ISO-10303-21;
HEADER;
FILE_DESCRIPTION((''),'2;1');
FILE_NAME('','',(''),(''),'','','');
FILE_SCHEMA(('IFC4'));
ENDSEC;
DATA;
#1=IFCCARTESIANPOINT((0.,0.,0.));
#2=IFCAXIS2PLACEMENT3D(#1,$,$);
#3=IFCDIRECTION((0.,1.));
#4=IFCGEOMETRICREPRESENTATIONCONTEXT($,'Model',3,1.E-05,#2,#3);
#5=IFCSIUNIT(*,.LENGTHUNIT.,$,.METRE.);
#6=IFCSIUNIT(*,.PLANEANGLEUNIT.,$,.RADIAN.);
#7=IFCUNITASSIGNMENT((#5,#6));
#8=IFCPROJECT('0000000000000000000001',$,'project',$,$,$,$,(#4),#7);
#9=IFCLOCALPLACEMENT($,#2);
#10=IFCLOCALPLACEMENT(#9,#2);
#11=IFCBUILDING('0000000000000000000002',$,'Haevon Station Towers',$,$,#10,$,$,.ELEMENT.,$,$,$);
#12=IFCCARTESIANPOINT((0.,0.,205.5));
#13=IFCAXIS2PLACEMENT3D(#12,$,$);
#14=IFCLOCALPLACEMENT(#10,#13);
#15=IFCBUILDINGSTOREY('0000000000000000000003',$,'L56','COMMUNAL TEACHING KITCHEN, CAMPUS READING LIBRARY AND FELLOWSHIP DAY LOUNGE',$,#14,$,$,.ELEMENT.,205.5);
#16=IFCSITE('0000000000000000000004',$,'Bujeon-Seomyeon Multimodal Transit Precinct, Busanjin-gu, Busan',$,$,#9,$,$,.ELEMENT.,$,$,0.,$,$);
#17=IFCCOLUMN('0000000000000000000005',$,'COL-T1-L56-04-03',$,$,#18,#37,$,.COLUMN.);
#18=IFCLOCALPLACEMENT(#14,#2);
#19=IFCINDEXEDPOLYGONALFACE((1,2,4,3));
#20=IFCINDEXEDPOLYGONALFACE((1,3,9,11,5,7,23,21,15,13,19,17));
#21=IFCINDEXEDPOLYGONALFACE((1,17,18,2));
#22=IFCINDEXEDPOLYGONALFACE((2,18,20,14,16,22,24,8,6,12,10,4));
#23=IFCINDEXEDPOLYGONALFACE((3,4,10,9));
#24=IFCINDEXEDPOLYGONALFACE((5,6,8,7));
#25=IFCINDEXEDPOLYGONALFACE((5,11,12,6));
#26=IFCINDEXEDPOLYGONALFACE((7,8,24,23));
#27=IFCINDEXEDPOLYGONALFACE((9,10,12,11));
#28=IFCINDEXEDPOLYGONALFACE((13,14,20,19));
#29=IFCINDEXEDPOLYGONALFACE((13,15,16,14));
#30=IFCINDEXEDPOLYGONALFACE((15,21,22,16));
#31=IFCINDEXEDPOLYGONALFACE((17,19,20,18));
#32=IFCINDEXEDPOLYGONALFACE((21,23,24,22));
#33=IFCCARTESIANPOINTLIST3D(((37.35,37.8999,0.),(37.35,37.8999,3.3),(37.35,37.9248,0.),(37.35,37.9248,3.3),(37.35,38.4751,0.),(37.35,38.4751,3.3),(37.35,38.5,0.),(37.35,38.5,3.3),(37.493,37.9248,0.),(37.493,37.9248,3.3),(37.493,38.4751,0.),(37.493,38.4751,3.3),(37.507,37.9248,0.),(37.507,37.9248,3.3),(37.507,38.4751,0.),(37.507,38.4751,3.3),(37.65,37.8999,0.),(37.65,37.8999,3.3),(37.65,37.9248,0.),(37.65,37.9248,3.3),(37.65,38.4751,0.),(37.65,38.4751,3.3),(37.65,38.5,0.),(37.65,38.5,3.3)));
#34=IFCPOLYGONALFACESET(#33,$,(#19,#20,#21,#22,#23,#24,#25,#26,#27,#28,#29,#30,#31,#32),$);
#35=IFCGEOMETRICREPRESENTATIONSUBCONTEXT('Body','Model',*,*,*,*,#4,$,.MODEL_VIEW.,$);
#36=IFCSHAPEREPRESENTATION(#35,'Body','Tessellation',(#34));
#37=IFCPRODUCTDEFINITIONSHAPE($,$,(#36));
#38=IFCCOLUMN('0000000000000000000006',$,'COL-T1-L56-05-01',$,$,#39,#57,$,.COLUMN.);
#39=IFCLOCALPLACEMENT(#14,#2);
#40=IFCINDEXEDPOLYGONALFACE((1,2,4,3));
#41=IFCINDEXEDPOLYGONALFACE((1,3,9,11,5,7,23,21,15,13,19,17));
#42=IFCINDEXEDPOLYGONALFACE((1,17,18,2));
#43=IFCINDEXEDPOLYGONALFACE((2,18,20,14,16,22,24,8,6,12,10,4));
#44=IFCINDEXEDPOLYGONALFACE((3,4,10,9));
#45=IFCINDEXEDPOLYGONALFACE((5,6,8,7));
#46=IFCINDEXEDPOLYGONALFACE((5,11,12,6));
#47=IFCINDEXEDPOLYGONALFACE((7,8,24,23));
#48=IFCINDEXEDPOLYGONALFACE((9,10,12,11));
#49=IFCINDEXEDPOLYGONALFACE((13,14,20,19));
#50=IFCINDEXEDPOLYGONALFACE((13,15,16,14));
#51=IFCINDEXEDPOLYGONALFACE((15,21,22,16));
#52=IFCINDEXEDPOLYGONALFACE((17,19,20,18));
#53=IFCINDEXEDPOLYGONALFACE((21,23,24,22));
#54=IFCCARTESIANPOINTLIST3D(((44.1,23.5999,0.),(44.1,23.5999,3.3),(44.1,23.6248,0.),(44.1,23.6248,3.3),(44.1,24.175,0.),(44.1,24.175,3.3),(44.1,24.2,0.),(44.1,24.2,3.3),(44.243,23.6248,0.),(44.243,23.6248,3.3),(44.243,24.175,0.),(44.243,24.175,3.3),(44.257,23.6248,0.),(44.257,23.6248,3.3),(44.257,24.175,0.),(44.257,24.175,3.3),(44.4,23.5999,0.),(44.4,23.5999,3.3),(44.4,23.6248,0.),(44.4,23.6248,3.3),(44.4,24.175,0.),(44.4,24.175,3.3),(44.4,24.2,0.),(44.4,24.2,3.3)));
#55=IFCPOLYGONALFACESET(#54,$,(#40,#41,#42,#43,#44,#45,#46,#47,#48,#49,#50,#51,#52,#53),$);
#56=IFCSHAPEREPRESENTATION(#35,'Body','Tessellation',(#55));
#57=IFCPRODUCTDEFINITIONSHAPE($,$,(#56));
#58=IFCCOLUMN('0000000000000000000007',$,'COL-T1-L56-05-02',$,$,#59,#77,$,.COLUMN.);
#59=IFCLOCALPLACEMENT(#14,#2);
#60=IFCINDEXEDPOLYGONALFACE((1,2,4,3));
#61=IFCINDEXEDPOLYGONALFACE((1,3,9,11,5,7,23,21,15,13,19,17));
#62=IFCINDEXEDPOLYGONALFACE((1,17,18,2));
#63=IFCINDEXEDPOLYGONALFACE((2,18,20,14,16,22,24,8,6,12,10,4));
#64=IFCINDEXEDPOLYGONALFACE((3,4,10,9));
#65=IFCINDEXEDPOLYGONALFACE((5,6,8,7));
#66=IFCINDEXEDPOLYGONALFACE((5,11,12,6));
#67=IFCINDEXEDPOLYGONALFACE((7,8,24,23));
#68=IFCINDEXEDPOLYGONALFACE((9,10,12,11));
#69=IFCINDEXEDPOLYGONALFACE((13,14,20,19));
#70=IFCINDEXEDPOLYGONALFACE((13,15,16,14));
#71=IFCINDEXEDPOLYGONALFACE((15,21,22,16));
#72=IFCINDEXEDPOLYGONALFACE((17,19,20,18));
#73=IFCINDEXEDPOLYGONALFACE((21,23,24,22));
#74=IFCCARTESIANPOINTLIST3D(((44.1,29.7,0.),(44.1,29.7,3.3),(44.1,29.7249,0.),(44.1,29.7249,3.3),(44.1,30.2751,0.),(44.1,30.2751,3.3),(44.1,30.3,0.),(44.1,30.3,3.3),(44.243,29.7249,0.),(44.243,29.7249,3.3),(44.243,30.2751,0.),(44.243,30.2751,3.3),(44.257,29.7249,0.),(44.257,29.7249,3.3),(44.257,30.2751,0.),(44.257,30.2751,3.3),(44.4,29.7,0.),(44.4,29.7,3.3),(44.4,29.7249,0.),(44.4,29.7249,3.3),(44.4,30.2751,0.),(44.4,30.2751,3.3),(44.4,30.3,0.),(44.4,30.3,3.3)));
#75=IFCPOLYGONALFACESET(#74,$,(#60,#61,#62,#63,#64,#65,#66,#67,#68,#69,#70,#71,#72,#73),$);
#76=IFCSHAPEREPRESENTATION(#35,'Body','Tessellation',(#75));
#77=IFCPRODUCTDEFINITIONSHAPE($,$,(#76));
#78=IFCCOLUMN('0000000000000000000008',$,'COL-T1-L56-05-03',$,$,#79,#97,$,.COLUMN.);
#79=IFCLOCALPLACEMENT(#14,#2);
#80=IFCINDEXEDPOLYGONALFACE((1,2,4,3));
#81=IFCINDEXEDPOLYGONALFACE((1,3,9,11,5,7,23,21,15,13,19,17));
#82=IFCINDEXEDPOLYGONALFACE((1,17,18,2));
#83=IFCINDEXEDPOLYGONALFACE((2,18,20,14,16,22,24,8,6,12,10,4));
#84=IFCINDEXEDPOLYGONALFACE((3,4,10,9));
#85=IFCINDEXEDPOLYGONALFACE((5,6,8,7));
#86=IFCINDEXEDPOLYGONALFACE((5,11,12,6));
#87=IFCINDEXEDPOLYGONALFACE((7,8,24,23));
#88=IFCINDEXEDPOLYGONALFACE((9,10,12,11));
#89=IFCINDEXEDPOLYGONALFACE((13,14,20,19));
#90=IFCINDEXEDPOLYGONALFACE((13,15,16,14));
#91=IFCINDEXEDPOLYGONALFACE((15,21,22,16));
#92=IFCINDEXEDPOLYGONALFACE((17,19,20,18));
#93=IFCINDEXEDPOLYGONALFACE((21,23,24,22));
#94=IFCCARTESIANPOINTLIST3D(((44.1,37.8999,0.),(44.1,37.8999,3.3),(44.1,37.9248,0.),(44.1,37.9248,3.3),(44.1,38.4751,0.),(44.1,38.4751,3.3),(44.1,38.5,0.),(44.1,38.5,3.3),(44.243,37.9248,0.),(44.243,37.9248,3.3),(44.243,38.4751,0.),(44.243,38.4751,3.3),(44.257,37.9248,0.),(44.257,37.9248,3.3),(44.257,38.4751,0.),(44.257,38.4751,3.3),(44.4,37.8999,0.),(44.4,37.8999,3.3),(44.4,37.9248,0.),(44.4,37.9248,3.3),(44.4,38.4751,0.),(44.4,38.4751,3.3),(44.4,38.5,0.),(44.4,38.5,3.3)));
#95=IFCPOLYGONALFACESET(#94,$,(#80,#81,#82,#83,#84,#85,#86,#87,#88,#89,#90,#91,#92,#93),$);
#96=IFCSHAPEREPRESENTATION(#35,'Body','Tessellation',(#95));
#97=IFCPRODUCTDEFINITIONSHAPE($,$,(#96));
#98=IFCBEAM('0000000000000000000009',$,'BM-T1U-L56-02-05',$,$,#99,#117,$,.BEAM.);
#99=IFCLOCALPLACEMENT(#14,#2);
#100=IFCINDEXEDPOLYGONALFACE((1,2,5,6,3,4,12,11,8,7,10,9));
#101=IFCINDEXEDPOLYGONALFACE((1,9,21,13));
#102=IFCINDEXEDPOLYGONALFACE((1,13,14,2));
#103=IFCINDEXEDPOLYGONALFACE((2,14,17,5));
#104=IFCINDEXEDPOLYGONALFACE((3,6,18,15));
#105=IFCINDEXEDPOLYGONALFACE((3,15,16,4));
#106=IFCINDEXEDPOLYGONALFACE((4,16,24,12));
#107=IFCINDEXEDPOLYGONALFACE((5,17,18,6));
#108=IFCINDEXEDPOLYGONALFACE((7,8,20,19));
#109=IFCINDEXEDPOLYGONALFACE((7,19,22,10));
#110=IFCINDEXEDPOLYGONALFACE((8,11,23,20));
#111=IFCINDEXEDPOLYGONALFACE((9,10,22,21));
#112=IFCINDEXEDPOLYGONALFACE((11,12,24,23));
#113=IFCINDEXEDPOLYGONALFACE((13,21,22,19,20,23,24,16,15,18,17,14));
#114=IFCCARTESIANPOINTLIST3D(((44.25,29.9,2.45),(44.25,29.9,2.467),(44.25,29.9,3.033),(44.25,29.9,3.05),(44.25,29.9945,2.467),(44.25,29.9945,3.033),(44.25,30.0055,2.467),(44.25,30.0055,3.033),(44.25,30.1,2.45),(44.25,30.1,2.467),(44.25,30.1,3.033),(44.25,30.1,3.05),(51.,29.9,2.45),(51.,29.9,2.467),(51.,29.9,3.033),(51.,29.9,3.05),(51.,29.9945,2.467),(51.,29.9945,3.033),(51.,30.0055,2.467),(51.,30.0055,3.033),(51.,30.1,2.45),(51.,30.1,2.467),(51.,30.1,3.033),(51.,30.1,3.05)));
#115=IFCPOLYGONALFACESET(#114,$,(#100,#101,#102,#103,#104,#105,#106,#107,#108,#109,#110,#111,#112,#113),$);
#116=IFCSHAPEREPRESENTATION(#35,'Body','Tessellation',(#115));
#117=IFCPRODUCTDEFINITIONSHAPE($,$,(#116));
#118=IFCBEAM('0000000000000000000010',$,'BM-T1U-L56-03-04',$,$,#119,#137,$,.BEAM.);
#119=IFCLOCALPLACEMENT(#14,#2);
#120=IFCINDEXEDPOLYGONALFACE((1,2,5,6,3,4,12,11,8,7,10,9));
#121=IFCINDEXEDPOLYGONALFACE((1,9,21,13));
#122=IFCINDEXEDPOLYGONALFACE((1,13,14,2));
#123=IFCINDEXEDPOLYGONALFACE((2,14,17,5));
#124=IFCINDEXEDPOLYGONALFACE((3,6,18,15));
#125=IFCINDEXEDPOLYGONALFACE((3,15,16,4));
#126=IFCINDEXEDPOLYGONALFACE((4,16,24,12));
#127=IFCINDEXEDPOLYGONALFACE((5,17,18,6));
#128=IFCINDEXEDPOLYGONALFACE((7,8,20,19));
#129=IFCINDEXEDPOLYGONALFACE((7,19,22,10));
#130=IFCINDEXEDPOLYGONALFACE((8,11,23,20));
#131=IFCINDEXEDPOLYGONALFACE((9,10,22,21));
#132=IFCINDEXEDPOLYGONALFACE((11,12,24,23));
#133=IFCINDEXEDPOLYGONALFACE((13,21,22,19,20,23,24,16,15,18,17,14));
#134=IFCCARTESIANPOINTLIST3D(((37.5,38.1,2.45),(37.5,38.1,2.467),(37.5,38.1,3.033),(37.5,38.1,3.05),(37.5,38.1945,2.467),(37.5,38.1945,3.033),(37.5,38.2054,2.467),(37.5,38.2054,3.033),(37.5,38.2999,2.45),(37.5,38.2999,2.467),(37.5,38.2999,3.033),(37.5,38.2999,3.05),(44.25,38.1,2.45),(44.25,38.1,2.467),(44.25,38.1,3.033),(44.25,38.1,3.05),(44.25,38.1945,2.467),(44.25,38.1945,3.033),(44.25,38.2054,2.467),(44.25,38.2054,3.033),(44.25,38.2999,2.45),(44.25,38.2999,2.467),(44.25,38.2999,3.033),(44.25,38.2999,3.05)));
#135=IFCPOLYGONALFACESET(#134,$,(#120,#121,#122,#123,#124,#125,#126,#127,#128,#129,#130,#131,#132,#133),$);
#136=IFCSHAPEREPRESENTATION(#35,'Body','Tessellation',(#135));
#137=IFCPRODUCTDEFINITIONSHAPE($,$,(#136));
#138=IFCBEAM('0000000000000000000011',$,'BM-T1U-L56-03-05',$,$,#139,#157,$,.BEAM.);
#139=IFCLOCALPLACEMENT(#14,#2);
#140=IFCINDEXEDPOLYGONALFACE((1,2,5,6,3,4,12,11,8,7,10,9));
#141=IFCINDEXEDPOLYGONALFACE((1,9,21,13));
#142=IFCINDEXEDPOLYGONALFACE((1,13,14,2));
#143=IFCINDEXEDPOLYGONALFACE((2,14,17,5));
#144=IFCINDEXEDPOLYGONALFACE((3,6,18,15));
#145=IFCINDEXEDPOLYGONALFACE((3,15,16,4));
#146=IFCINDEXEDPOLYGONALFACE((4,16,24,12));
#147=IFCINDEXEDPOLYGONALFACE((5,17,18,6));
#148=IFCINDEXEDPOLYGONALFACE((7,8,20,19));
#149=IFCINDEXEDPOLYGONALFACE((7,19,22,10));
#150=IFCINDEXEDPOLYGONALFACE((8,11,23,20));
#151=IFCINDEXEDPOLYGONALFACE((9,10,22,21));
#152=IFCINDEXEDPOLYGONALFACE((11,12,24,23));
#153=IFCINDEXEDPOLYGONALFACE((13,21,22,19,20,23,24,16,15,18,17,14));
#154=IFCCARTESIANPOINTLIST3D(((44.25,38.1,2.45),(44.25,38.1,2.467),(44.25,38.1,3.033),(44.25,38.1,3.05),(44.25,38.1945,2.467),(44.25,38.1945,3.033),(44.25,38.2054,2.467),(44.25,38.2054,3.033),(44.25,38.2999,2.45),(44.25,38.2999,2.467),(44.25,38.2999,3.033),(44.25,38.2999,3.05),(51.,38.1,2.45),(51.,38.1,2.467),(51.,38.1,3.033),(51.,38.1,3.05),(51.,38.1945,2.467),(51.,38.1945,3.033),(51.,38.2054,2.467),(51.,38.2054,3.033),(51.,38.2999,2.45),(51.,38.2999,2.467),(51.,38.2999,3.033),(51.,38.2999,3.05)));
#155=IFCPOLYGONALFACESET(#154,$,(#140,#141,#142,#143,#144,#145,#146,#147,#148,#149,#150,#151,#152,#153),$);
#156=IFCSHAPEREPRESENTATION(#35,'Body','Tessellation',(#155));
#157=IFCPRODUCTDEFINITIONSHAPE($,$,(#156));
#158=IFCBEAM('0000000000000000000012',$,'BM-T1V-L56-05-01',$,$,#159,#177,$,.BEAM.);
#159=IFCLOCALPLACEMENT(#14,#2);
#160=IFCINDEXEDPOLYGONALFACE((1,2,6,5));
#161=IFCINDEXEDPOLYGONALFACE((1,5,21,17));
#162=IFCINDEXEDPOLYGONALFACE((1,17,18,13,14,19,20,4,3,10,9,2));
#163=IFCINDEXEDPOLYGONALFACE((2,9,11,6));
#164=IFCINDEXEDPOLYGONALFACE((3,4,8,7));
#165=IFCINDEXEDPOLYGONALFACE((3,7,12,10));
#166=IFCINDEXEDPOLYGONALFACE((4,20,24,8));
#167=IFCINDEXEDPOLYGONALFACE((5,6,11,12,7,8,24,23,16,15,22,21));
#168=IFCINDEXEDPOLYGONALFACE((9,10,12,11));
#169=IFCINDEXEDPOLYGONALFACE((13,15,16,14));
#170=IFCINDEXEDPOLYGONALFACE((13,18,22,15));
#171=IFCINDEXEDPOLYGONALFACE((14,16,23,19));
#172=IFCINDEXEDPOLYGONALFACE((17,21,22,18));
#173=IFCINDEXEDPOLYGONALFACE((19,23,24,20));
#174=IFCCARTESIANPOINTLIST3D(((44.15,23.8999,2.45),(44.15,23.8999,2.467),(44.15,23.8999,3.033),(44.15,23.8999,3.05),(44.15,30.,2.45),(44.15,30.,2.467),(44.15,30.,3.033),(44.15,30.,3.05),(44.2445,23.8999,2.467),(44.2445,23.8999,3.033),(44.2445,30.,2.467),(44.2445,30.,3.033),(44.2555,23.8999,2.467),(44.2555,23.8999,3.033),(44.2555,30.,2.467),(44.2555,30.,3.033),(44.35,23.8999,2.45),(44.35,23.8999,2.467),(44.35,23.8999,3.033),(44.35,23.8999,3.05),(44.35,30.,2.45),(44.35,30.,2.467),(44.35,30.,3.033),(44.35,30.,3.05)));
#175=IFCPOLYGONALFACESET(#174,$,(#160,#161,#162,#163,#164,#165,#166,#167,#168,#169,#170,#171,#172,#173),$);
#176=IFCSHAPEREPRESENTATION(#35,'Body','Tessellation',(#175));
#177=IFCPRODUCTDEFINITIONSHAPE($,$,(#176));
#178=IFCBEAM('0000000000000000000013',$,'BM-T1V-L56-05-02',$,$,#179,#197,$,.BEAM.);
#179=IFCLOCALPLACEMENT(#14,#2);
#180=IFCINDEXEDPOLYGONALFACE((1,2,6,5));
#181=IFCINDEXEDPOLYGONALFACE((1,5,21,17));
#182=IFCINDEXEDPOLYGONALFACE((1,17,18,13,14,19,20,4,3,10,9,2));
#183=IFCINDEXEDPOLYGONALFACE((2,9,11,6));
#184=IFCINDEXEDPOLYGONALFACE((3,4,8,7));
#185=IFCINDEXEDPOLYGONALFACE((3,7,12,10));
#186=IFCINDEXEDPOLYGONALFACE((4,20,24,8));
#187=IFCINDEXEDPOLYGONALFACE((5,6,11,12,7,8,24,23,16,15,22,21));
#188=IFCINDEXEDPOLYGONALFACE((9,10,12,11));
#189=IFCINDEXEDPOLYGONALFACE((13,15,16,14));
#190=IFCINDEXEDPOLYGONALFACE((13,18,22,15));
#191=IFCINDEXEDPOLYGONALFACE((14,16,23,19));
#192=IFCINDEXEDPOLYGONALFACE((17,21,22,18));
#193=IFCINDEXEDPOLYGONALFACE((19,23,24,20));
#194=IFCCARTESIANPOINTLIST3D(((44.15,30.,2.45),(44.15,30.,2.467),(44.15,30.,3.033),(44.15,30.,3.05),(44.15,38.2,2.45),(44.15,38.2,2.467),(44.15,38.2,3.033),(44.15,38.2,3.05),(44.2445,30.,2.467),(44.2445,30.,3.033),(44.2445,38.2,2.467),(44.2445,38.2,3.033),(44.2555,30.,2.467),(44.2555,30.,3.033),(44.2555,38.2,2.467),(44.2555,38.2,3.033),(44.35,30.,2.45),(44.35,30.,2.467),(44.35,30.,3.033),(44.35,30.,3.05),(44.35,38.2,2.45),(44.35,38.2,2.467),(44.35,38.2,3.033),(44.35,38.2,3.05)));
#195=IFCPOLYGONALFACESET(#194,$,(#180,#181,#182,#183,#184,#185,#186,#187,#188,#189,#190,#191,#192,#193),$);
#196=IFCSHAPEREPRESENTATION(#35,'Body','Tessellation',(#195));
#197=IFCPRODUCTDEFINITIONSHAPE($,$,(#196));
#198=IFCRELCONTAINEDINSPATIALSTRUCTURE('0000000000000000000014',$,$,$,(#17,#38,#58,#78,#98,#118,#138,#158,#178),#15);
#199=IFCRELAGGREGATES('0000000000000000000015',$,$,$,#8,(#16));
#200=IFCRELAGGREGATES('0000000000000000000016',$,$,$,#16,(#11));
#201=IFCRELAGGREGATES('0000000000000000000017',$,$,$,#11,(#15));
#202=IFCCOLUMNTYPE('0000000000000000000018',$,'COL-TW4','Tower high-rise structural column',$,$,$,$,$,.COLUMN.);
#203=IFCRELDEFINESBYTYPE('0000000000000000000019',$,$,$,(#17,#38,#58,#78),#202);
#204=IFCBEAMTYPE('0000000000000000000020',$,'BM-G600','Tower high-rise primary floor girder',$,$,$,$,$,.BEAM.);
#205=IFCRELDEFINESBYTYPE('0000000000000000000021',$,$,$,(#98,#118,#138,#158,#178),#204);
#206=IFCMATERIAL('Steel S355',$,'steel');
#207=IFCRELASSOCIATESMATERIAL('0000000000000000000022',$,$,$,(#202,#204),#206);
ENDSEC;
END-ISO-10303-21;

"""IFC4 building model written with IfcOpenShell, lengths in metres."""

from ifc_helpers import new_model, si_unit, direction, frame, origin, origin_2d, place, context, subcontext, project, spatial, i_section, extrude, material, material_profile, profile_set, type_object, element, save


model = new_model("IFC4")

# Units and contexts
model_context = context("Model", 3, precision=1e-05, world=origin(), true_north=direction((0.0, 1.0)))
body_context = subcontext(model_context, "Body", "Model", "MODEL_VIEW")
ifc_project = project(units=[si_unit("LENGTHUNIT", "METRE"), si_unit("PLANEANGLEUNIT", "RADIAN")], contexts=[model_context])

# Site, building, storey
site_placement = place(None, origin())
site = spatial("IfcSite", under=ifc_project, at=site_placement, Name="Bujeon-Seomyeon Multimodal Transit Precinct, Busanjin-gu, Busan", CompositionType="ELEMENT", RefElevation=0.0)
building_placement = place(site_placement, origin())
building = spatial("IfcBuilding", under=site, at=building_placement, Name="Haevon Station Towers", CompositionType="ELEMENT")
storey_placement = place(building_placement, frame((0.0, 0.0, 205.5)))
storey = spatial("IfcBuildingStorey", under=building, at=storey_placement, Name="L56", Description="COMMUNAL TEACHING KITCHEN, CAMPUS READING LIBRARY AND FELLOWSHIP DAY LOUNGE", CompositionType="ELEMENT", Elevation=205.5)

# Columns
ifc_material_1 = material(Name="Steel S355", Category="steel")
ifc_material_profile_1 = material_profile(ifc_material_1, i_section(OverallWidth=0.3, OverallDepth=0.6001, WebThickness=0.0139, FlangeThickness=0.0249, at=origin_2d()), Name="H-600x300x14x25")
ifc_profile_set_1 = profile_set([ifc_material_profile_1], Name="Steel S355")
column_type = type_object("IfcColumnType", Name="COL-TW4", Description="Tower high-rise structural column", PredefinedType="COLUMN", material=ifc_profile_set_1)
for number, where, z_axis, x_axis, name in (
    (1, (37.5, 38.2, 0.0), (0.0, 0.0, 1.0), (1.0, 0.0, 0.0), "COL-T1-L56-04-03"),
    (2, (44.25, 23.8999, 0.0), (0.0, 0.0, 1.0), (1.0, 0.0, 0.0), "COL-T1-L56-05-01"),
    (3, (44.25, 30.0, 0.0), (0.0, 0.0, 1.0), (1.0, 0.0, 0.0), "COL-T1-L56-05-02"),
    (4, (44.25, 38.2, 0.0), (0.0, 0.0, 1.0), (1.0, 0.0, 0.0), "COL-T1-L56-05-03"),
):
    element("IfcColumn", number, at=place(storey_placement, frame(where, z_axis=z_axis, x_axis=x_axis)), inside=storey, type_object=column_type, Name=name, PredefinedType="COLUMN", context=body_context, shape_type="SweptSolid", body=[
        extrude(i_section(OverallWidth=0.3, OverallDepth=0.6001, WebThickness=0.0139, FlangeThickness=0.0249, at=origin_2d()), origin(), (0.0, 0.0, 1.0), 3.3),
    ])

# Beams
ifc_material_profile_2 = material_profile(ifc_material_1, i_section(OverallWidth=0.2, OverallDepth=0.6001, WebThickness=0.011, FlangeThickness=0.0171, at=origin_2d()), Name="H-600x200x11x17")
ifc_profile_set_2 = profile_set([ifc_material_profile_2], Name="Steel S355")
beam_type_1 = type_object("IfcBeamType", Name="BM-G600", Description="Tower high-rise primary floor girder", PredefinedType="BEAM", material=ifc_profile_set_2)
for number, where, z_axis, x_axis, name in (
    (5, (44.25, 30.0, 2.75), (1.0, 0.0, 0.0), (0.0, 1.0, 0.0), "BM-T1U-L56-02-05"),
    (6, (37.5, 38.2, 2.75), (1.0, 0.0, 0.0), (0.0, 1.0, 0.0), "BM-T1U-L56-03-04"),
    (7, (44.25, 38.2, 2.75), (1.0, 0.0, 0.0), (0.0, 1.0, 0.0), "BM-T1U-L56-03-05"),
):
    element("IfcBeam", number, at=place(storey_placement, frame(where, z_axis=z_axis, x_axis=x_axis)), inside=storey, type_object=beam_type_1, Name=name, PredefinedType="BEAM", context=body_context, shape_type="SweptSolid", body=[
        extrude(i_section(OverallWidth=0.2, OverallDepth=0.6001, WebThickness=0.011, FlangeThickness=0.0171, at=origin_2d()), origin(), (0.0, 0.0, 1.0), 6.75),
    ])
beam_1_placement = place(storey_placement, frame((44.25, 23.8999, 2.75), z_axis=(0.0, 1.0, 0.0), x_axis=(-1.0, 0.0, 0.0)))
element("IfcBeam", 8, at=beam_1_placement, inside=storey, type_object=beam_type_1, Name="BM-T1V-L56-05-01", PredefinedType="BEAM", context=body_context, shape_type="SweptSolid", body=[
    extrude(i_section(OverallWidth=0.2, OverallDepth=0.6001, WebThickness=0.011, FlangeThickness=0.0171, at=origin_2d()), origin(), (0.0, 0.0, 1.0), 6.1001),
])
beam_2_placement = place(storey_placement, frame((44.25, 30.0, 2.75), z_axis=(0.0, 1.0, 0.0), x_axis=(-1.0, 0.0, 0.0)))
element("IfcBeam", 9, at=beam_2_placement, inside=storey, type_object=beam_type_1, Name="BM-T1V-L56-05-02", PredefinedType="BEAM", context=body_context, shape_type="SweptSolid", body=[
    extrude(i_section(OverallWidth=0.2, OverallDepth=0.6001, WebThickness=0.011, FlangeThickness=0.0171, at=origin_2d()), origin(), (0.0, 0.0, 1.0), 8.2),
])

save(model, "model.ifc")
